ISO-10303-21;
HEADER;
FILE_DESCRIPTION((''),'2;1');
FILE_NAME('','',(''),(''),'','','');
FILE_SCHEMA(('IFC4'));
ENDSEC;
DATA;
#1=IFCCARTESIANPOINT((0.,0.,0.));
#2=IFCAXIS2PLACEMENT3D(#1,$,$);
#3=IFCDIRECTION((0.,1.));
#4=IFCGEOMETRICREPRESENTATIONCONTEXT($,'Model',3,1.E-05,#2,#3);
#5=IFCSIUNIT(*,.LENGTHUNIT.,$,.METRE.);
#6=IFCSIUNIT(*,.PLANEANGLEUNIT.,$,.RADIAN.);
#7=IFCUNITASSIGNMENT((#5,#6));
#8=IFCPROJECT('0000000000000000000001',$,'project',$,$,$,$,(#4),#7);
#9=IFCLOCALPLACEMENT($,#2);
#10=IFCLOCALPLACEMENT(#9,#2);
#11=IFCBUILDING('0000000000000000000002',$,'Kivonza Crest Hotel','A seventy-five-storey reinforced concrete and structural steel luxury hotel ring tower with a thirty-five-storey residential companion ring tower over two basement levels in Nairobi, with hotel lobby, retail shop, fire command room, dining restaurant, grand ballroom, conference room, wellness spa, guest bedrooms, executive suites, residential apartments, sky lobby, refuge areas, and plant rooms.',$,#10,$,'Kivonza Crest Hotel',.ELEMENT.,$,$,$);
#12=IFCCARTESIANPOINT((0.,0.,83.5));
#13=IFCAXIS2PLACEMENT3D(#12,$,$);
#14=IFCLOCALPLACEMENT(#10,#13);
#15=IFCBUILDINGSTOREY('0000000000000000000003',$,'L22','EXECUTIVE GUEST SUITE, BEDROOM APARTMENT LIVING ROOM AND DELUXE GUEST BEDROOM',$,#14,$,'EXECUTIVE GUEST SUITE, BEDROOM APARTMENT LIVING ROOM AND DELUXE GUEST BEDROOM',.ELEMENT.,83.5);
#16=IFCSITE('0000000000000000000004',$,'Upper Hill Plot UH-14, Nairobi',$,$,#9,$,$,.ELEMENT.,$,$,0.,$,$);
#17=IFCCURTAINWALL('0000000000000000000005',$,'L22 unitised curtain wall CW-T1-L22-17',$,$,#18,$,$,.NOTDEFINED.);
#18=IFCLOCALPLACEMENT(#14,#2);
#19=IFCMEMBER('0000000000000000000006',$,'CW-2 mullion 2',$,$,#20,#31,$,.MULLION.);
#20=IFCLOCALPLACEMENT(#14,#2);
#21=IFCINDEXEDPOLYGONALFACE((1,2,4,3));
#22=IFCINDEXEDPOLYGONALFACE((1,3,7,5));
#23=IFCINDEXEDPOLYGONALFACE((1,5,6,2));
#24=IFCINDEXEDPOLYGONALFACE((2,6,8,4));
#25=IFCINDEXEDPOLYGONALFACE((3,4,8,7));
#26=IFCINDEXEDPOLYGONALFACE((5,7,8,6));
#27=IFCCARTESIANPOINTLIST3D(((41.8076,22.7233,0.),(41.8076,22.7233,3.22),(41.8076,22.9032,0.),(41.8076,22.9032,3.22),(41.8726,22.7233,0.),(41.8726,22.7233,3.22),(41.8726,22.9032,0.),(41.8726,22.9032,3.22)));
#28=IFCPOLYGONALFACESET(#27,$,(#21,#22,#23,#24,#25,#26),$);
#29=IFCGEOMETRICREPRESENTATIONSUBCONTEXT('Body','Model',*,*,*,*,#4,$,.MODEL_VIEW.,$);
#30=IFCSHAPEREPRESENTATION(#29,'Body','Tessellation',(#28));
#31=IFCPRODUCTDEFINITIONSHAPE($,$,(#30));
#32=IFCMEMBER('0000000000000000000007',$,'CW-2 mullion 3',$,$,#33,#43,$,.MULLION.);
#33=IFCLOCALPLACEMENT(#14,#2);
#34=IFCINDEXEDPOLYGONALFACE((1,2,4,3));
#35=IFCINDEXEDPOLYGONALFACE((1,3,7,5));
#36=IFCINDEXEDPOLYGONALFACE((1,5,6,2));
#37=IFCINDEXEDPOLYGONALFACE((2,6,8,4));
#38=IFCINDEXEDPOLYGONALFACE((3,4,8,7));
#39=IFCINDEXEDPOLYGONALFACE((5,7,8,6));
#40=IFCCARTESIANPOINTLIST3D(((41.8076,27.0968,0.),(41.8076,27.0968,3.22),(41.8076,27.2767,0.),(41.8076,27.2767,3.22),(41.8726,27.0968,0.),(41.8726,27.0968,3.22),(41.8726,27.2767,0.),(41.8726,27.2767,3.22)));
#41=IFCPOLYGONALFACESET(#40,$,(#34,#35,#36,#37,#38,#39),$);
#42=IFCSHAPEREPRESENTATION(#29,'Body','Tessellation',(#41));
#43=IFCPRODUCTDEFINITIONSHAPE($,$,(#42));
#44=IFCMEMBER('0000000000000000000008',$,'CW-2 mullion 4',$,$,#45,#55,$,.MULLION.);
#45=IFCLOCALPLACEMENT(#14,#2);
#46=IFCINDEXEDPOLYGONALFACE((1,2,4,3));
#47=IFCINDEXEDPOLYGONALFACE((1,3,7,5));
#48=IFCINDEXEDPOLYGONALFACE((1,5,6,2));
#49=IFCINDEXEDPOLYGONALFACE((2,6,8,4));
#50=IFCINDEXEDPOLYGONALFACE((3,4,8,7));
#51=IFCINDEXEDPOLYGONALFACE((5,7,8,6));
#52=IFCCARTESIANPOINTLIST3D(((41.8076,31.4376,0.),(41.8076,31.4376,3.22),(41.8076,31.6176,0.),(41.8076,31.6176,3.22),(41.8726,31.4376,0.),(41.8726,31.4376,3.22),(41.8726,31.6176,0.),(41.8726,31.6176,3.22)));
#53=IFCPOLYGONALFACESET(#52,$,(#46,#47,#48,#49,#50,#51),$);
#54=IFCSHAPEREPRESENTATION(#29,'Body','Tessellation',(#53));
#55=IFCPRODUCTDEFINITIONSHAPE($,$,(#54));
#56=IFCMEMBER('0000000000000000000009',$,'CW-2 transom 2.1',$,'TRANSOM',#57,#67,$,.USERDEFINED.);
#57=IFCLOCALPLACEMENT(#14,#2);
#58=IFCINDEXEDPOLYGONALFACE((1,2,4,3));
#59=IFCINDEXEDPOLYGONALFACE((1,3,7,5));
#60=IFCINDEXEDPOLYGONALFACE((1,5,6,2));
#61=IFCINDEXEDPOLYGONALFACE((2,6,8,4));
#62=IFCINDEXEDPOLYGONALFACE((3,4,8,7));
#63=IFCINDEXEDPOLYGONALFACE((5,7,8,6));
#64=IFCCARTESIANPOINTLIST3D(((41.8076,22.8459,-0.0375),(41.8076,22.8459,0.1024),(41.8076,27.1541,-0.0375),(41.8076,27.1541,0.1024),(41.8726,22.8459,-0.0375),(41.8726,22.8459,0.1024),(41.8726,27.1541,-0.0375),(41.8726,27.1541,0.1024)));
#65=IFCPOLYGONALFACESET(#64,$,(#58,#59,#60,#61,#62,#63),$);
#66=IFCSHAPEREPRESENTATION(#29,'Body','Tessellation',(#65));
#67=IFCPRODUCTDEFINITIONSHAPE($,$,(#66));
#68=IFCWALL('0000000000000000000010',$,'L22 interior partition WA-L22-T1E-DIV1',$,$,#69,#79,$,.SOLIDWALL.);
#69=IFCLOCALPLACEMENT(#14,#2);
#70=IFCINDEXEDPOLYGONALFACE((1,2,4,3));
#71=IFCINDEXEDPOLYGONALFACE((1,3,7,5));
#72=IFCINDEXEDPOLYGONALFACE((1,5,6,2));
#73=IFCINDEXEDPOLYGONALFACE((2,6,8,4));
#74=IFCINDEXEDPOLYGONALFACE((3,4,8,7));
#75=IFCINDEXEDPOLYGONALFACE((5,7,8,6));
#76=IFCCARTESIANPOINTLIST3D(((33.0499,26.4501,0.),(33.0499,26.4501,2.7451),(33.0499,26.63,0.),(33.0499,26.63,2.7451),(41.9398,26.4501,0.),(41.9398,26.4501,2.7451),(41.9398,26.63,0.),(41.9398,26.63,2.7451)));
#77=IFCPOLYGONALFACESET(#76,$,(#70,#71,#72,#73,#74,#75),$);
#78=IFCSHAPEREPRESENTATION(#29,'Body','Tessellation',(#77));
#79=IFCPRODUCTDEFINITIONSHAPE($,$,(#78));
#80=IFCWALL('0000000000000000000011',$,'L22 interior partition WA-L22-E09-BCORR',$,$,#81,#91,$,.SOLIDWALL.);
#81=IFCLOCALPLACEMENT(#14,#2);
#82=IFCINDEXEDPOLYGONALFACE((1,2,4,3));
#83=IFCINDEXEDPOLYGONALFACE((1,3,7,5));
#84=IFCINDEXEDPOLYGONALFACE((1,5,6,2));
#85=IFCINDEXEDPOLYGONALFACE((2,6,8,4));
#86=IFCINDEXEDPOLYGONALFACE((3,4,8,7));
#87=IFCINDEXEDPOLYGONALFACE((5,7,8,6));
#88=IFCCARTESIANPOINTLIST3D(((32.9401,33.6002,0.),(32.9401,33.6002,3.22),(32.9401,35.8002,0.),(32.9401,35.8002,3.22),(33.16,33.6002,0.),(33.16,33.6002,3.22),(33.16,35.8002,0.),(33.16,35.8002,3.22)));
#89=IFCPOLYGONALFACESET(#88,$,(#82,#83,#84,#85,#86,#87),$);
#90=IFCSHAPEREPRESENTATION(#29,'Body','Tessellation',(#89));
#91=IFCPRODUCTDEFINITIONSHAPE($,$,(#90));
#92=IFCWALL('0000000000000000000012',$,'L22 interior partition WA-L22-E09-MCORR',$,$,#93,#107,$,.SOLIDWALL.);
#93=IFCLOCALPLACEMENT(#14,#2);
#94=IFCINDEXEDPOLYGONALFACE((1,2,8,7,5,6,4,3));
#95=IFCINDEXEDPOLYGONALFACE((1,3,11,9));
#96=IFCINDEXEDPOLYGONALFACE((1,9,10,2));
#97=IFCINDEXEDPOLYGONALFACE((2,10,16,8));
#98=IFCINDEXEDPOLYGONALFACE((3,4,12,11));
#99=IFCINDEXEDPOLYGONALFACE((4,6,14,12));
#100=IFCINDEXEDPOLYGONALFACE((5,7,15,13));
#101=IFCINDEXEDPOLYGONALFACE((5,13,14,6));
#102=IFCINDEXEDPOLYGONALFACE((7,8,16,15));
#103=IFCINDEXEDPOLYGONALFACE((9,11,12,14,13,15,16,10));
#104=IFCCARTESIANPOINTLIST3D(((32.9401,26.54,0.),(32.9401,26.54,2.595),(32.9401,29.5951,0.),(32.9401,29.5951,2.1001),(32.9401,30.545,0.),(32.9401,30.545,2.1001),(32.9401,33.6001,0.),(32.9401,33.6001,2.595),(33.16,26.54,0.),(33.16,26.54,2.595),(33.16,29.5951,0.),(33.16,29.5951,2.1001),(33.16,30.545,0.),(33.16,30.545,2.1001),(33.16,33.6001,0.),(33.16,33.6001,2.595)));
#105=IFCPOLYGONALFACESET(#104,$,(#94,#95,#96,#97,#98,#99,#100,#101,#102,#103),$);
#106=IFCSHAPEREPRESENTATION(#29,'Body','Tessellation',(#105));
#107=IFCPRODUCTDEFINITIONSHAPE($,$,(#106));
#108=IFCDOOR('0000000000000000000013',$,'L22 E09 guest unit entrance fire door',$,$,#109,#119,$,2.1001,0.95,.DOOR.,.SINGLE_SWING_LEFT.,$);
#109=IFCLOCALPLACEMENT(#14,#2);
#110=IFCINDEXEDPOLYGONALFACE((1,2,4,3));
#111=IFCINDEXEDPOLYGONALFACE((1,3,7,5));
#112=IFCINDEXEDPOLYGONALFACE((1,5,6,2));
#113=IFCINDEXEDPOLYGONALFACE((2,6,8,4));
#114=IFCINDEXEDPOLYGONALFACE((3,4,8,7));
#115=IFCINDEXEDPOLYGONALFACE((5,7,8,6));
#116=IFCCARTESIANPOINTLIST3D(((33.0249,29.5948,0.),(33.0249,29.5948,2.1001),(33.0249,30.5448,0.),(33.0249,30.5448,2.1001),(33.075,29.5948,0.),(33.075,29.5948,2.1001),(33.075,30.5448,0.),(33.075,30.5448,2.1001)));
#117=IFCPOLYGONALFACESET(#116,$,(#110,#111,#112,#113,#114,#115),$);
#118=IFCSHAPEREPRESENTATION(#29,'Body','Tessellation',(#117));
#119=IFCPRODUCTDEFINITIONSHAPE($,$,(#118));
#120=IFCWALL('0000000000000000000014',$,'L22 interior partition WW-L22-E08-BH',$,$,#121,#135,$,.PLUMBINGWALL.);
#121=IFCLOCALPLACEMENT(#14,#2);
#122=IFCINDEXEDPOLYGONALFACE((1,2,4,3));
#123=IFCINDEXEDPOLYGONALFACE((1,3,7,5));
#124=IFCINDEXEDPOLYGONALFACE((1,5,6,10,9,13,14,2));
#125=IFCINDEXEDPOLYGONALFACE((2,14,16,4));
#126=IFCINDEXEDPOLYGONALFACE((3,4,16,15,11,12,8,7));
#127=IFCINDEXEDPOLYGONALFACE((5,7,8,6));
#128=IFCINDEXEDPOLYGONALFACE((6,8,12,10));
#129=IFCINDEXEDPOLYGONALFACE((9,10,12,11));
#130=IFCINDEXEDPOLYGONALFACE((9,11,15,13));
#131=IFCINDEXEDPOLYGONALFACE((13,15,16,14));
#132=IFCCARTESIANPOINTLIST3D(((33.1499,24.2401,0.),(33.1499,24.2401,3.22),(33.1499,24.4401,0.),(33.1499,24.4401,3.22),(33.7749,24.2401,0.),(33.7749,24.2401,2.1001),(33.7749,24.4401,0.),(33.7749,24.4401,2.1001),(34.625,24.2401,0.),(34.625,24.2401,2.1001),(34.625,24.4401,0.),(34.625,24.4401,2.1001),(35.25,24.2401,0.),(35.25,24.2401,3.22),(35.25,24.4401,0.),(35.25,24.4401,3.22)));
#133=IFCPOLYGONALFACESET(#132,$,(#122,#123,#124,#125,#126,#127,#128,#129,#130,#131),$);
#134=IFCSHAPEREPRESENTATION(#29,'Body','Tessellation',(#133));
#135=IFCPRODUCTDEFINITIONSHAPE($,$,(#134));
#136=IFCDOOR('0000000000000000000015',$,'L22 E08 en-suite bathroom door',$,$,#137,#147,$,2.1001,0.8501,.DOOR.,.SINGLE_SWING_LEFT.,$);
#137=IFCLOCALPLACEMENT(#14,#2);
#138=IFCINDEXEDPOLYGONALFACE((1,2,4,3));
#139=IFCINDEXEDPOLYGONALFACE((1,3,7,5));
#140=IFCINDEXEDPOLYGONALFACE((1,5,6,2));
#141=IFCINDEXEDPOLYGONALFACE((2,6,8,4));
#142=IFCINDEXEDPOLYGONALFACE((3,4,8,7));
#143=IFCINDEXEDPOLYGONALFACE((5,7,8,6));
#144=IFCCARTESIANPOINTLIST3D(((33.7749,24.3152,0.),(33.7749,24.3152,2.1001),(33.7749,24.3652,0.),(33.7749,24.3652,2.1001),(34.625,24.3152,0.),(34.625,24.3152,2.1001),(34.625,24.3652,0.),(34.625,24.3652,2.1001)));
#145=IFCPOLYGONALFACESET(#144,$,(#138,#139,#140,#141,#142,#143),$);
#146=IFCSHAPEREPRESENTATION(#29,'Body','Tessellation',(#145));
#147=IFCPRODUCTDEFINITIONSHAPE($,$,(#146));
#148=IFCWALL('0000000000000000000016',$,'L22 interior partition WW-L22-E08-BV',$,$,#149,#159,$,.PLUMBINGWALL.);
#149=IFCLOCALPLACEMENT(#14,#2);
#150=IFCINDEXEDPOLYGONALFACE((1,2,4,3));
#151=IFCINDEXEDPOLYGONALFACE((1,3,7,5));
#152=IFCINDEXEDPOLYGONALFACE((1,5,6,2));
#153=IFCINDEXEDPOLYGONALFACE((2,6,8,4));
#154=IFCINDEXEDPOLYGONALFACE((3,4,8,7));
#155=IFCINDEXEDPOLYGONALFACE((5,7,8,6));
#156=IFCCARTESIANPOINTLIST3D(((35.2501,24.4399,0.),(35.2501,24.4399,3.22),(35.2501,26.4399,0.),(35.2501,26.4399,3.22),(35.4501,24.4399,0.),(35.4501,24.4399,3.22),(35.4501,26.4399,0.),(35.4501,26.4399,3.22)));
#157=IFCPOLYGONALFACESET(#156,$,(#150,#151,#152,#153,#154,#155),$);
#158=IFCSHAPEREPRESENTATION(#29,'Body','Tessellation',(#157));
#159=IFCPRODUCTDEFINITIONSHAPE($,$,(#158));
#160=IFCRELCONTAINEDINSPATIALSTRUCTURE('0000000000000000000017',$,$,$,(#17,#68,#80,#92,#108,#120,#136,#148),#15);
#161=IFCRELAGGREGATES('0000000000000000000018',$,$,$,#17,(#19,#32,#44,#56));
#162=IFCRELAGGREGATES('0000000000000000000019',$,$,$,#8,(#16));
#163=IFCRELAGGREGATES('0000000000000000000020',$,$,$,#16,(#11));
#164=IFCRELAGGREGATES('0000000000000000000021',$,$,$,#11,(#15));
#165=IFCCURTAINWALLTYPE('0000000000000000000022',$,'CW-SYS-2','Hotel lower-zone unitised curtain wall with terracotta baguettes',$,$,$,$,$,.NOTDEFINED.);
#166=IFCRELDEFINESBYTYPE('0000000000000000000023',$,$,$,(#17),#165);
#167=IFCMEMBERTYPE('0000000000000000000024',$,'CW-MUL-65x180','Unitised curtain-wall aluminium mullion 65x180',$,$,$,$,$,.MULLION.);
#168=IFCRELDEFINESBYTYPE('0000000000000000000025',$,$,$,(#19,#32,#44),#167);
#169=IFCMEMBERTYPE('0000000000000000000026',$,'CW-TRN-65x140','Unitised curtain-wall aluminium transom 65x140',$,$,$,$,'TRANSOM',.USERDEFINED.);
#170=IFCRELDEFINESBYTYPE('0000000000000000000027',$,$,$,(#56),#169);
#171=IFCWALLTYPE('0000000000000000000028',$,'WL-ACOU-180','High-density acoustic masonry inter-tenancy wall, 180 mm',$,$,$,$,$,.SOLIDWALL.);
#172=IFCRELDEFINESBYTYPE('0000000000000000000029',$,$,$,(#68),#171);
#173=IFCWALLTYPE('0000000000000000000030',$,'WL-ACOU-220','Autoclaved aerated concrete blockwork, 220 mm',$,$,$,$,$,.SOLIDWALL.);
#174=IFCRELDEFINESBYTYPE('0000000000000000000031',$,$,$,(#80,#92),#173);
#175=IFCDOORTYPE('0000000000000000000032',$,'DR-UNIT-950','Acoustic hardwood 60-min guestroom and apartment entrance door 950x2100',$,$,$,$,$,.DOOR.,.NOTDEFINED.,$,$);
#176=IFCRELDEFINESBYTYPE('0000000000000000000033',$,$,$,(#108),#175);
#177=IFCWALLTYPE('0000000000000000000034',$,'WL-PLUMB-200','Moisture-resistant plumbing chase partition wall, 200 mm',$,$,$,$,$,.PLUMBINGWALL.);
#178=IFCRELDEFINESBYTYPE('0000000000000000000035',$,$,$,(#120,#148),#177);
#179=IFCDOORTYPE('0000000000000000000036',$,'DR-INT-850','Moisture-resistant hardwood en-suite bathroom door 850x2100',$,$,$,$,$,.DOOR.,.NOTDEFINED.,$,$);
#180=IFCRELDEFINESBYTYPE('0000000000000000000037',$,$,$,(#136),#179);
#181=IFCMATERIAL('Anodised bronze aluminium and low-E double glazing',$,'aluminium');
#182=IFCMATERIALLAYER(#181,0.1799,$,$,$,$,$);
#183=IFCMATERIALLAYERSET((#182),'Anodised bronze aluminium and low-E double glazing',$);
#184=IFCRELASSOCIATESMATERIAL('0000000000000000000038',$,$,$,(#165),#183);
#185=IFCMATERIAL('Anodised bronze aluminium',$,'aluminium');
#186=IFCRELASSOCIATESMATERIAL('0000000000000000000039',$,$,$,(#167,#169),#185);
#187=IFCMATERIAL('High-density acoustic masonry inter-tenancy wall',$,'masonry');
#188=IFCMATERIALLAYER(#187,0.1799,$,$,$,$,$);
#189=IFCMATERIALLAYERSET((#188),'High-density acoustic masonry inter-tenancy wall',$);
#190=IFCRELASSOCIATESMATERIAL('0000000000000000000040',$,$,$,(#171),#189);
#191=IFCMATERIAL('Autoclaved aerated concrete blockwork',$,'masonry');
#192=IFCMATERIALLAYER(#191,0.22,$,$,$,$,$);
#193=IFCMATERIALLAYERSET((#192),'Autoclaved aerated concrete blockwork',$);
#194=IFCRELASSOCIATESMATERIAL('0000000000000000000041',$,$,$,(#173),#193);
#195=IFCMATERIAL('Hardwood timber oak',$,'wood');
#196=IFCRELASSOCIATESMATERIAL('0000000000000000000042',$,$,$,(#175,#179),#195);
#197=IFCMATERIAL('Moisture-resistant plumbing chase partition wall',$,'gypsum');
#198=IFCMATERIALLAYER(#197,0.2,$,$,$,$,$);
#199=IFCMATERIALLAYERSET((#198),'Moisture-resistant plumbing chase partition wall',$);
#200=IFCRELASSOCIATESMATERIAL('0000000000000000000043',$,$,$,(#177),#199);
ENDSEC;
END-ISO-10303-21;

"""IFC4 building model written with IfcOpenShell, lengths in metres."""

from ifc_helpers import new_model, si_unit, direction, frame, frame_2d, origin, origin_2d, place, context, subcontext, project, spatial, rectangle, extrude, material, layer, layer_set, material_profile, profile_set, type_object, element, fill, aggregate, save


model = new_model("IFC4")

# Units and contexts
model_context = context("Model", 3, precision=1e-05, world=origin(), true_north=direction((0.0, 1.0)))
body_context = subcontext(model_context, "Body", "Model", "MODEL_VIEW")
ifc_project = project(units=[si_unit("LENGTHUNIT", "METRE"), si_unit("PLANEANGLEUNIT", "RADIAN")], contexts=[model_context])

# Site, building, storey
site_placement = place(None, origin())
site = spatial("IfcSite", under=ifc_project, at=site_placement, Name="Upper Hill Plot UH-14, Nairobi", CompositionType="ELEMENT", RefElevation=0.0)
building_placement = place(site_placement, origin())
building = spatial("IfcBuilding", under=site, at=building_placement, Name="Kivonza Crest Hotel", Description="A seventy-five-storey reinforced concrete and structural steel luxury hotel ring tower with a thirty-five-storey residential companion ring tower over two basement levels in Nairobi, with hotel lobby, retail shop, fire command room, dining restaurant, grand ballroom, conference room, wellness spa, guest bedrooms, executive suites, residential apartments, sky lobby, refuge areas, and plant rooms.", LongName="Kivonza Crest Hotel", CompositionType="ELEMENT")
storey_placement = place(building_placement, frame((0.0, 0.0, 83.5)))
storey = spatial("IfcBuildingStorey", under=building, at=storey_placement, Name="L22", Description="EXECUTIVE GUEST SUITE, BEDROOM APARTMENT LIVING ROOM AND DELUXE GUEST BEDROOM", LongName="EXECUTIVE GUEST SUITE, BEDROOM APARTMENT LIVING ROOM AND DELUXE GUEST BEDROOM", CompositionType="ELEMENT", Elevation=83.5)

# Curtain wall, members
ifc_material_1 = material(Name="Anodised bronze aluminium and low-E double glazing", Category="aluminium")
ifc_layer_1 = layer(ifc_material_1, 0.1799)
ifc_layer_set_1 = layer_set([ifc_layer_1], Name="Anodised bronze aluminium and low-E double glazing")
curtain_wall_type = type_object("IfcCurtainWallType", Name="CW-SYS-2", Description="Hotel lower-zone unitised curtain wall with terracotta baguettes", PredefinedType="NOTDEFINED", material=ifc_layer_set_1)
curtain_wall_placement = place(storey_placement, origin())
curtain_wall = element("IfcCurtainWall", 1, at=curtain_wall_placement, inside=storey, type_object=curtain_wall_type, Name="L22 unitised curtain wall CW-T1-L22-17", PredefinedType="NOTDEFINED")
ifc_material_2 = material(Name="Anodised bronze aluminium", Category="aluminium")
ifc_material_profile_1 = material_profile(ifc_material_2, rectangle(XDim=0.0649, YDim=0.1799, at=origin_2d()), Name="CW-M 65x180")
ifc_profile_set_1 = profile_set([ifc_material_profile_1], Name="Anodised bronze aluminium")
member_type_1 = type_object("IfcMemberType", Name="CW-MUL-65x180", Description="Unitised curtain-wall aluminium mullion 65x180", PredefinedType="MULLION", material=ifc_profile_set_1)
member_1_placement = place(storey_placement, frame((41.8401, 22.8132, 0.0), z_axis=(0.0, 0.0, 1.0), x_axis=(-1.0, 0.0, 0.0)))
member_1 = element("IfcMember", 2, at=member_1_placement, type_object=member_type_1, Name="CW-2 mullion 2", PredefinedType="MULLION", context=body_context, shape_type="SweptSolid", body=[
    extrude(rectangle(XDim=0.0649, YDim=0.1799, at=origin_2d()), origin(), (0.0, 0.0, 1.0), 3.22),
])
member_2_placement = place(storey_placement, frame((41.8401, 27.1868, 0.0), z_axis=(0.0, 0.0, 1.0), x_axis=(-1.0, 0.0, 0.0)))
member_2 = element("IfcMember", 3, at=member_2_placement, type_object=member_type_1, Name="CW-2 mullion 3", PredefinedType="MULLION", context=body_context, shape_type="SweptSolid", body=[
    extrude(rectangle(XDim=0.0649, YDim=0.1799, at=origin_2d()), origin(), (0.0, 0.0, 1.0), 3.22),
])
member_3_placement = place(storey_placement, frame((41.8401, 31.5276, 0.0), z_axis=(0.0, 0.0, 1.0), x_axis=(-1.0, 0.0, 0.0)))
member_3 = element("IfcMember", 4, at=member_3_placement, type_object=member_type_1, Name="CW-2 mullion 4", PredefinedType="MULLION", context=body_context, shape_type="SweptSolid", body=[
    extrude(rectangle(XDim=0.0649, YDim=0.1799, at=origin_2d()), origin(), (0.0, 0.0, 1.0), 3.22),
])
ifc_material_profile_2 = material_profile(ifc_material_2, rectangle(XDim=0.0649, YDim=0.1399, at=origin_2d()), Name="CW-T 65x140")
ifc_profile_set_2 = profile_set([ifc_material_profile_2], Name="Anodised bronze aluminium")
member_type_2 = type_object("IfcMemberType", Name="CW-TRN-65x140", Description="Unitised curtain-wall aluminium transom 65x140", ElementType="TRANSOM", PredefinedType="USERDEFINED", material=ifc_profile_set_2)
member_4_placement = place(storey_placement, frame((41.8401, 22.8459, 0.0325), z_axis=(0.0, 1.0, 0.0), x_axis=(-1.0, 0.0, 0.0)))
member_4 = element("IfcMember", 5, at=member_4_placement, type_object=member_type_2, Name="CW-2 transom 2.1", ObjectType="TRANSOM", PredefinedType="USERDEFINED", context=body_context, shape_type="SweptSolid", body=[
    extrude(rectangle(XDim=0.0649, YDim=0.1399, at=origin_2d()), origin(), (0.0, 0.0, 1.0), 4.3081),
])
aggregate(curtain_wall, [member_1, member_2, member_3, member_4])

# Walls
ifc_material_3 = material(Name="High-density acoustic masonry inter-tenancy wall", Category="masonry")
ifc_layer_2 = layer(ifc_material_3, 0.1799)
ifc_layer_set_2 = layer_set([ifc_layer_2], Name="High-density acoustic masonry inter-tenancy wall")
wall_type_1 = type_object("IfcWallType", Name="WL-ACOU-180", Description="High-density acoustic masonry inter-tenancy wall, 180 mm", PredefinedType="SOLIDWALL", material=ifc_layer_set_2)
wall_1_placement = place(storey_placement, frame((33.05, 26.54, 0.0), z_axis=(0.0, 0.0, 1.0), x_axis=(1.0, 0.0, 0.0)))
element("IfcWall", 6, at=wall_1_placement, inside=storey, type_object=wall_type_1, Name="L22 interior partition WA-L22-T1E-DIV1", PredefinedType="SOLIDWALL", context=body_context, shape_type="SweptSolid", body=[
    extrude(rectangle(XDim=8.8899, YDim=0.1799, at=frame_2d((4.4448, 0.0))), origin(), (0.0, 0.0, 1.0), 2.7451),
])
ifc_material_4 = material(Name="Autoclaved aerated concrete blockwork", Category="masonry")
ifc_layer_3 = layer(ifc_material_4, 0.22)
ifc_layer_set_3 = layer_set([ifc_layer_3], Name="Autoclaved aerated concrete blockwork")
wall_type_2 = type_object("IfcWallType", Name="WL-ACOU-220", Description="Autoclaved aerated concrete blockwork, 220 mm", PredefinedType="SOLIDWALL", material=ifc_layer_set_3)
wall_2_placement = place(storey_placement, frame((33.05, 33.6001, 0.0), z_axis=(0.0, 0.0, 1.0), x_axis=(0.0, 1.0, 0.0)))
element("IfcWall", 7, at=wall_2_placement, inside=storey, type_object=wall_type_2, Name="L22 interior partition WA-L22-E09-BCORR", PredefinedType="SOLIDWALL", context=body_context, shape_type="SweptSolid", body=[
    extrude(rectangle(XDim=2.2, YDim=0.22, at=frame_2d((1.1001, 0.0))), origin(), (0.0, 0.0, 1.0), 3.22),
])

# Walls, openings, doors
wall_3_placement = place(storey_placement, frame((33.05, 26.54, 0.0), z_axis=(0.0, 0.0, 1.0), x_axis=(0.0, 1.0, 0.0)))
wall_3 = element("IfcWall", 8, at=wall_3_placement, inside=storey, type_object=wall_type_2, Name="L22 interior partition WA-L22-E09-MCORR", PredefinedType="SOLIDWALL", context=body_context, shape_type="SweptSolid", body=[
    extrude(rectangle(XDim=7.0601, YDim=0.22, at=frame_2d((3.53, 0.0))), origin(), (0.0, 0.0, 1.0), 2.595),
])
opening_1_placement = place(wall_3_placement, frame((3.0549, 0.0, 0.0)))
opening_1 = element("IfcOpeningElement", 9, at=opening_1_placement, cuts=wall_3, PredefinedType="OPENING", context=body_context, shape_type="SweptSolid", body=[
    extrude(rectangle(XDim=0.95, YDim=2.1001, at=frame_2d((0.4751, 1.05))), frame((0.0, 0.1201, 0.0), z_axis=(0.0, -1.0, 0.0), x_axis=(1.0, 0.0, 0.0)), (0.0, 0.0, 1.0), 0.24),
])
ifc_material_5 = material(Name="Hardwood timber oak", Category="wood")
door_type_1 = type_object("IfcDoorType", Name="DR-UNIT-950", Description="Acoustic hardwood 60-min guestroom and apartment entrance door 950x2100", OperationType="NOTDEFINED", PredefinedType="DOOR", material=ifc_material_5)
door_1_placement = place(opening_1_placement, frame((0.95, 0.0, 0.0), z_axis=(0.0, 0.0, 1.0), x_axis=(-1.0, 0.0, 0.0)))
door_1 = element("IfcDoor", 10, at=door_1_placement, inside=storey, type_object=door_type_1, Name="L22 E09 guest unit entrance fire door", OperationType="SINGLE_SWING_LEFT", OverallHeight=2.1001, OverallWidth=0.95, PredefinedType="DOOR", context=body_context, shape_type="SweptSolid", body=[
    extrude(rectangle(XDim=0.95, YDim=2.1001, at=frame_2d((0.4751, 1.05))), frame((0.0, 0.0249, 0.0), z_axis=(0.0, -1.0, 0.0), x_axis=(1.0, 0.0, 0.0)), (0.0, 0.0, 1.0), 0.05),
])
fill(opening_1, door_1)
ifc_material_6 = material(Name="Moisture-resistant plumbing chase partition wall", Category="gypsum")
ifc_layer_4 = layer(ifc_material_6, 0.2)
ifc_layer_set_4 = layer_set([ifc_layer_4], Name="Moisture-resistant plumbing chase partition wall")
wall_type_3 = type_object("IfcWallType", Name="WL-PLUMB-200", Description="Moisture-resistant plumbing chase partition wall, 200 mm", PredefinedType="PLUMBINGWALL", material=ifc_layer_set_4)
wall_4_placement = place(storey_placement, frame((33.1499, 24.3401, 0.0), z_axis=(0.0, 0.0, 1.0), x_axis=(1.0, 0.0, 0.0)))
wall_4 = element("IfcWall", 11, at=wall_4_placement, inside=storey, type_object=wall_type_3, Name="L22 interior partition WW-L22-E08-BH", PredefinedType="PLUMBINGWALL", context=body_context, shape_type="SweptSolid", body=[
    extrude(rectangle(XDim=2.1001, YDim=0.2, at=frame_2d((1.05, 0.0))), origin(), (0.0, 0.0, 1.0), 3.22),
])
opening_2_placement = place(wall_4_placement, frame((0.625, 0.0, 0.0)))
opening_2 = element("IfcOpeningElement", 12, at=opening_2_placement, cuts=wall_4, PredefinedType="OPENING", context=body_context, shape_type="SweptSolid", body=[
    extrude(rectangle(XDim=0.8501, YDim=2.1001, at=frame_2d((0.425, 1.05))), frame((0.0, 0.1099, 0.0), z_axis=(0.0, -1.0, 0.0), x_axis=(1.0, 0.0, 0.0)), (0.0, 0.0, 1.0), 0.22),
])
door_type_2 = type_object("IfcDoorType", Name="DR-INT-850", Description="Moisture-resistant hardwood en-suite bathroom door 850x2100", OperationType="NOTDEFINED", PredefinedType="DOOR", material=ifc_material_5)
door_2_placement = place(opening_2_placement, frame((0.8501, 0.0, 0.0), z_axis=(0.0, 0.0, 1.0), x_axis=(-1.0, 0.0, 0.0)))
door_2 = element("IfcDoor", 13, at=door_2_placement, inside=storey, type_object=door_type_2, Name="L22 E08 en-suite bathroom door", OperationType="SINGLE_SWING_LEFT", OverallHeight=2.1001, OverallWidth=0.8501, PredefinedType="DOOR", context=body_context, shape_type="SweptSolid", body=[
    extrude(rectangle(XDim=0.8501, YDim=2.1001, at=frame_2d((0.425, 1.05))), frame((0.0, 0.0249, 0.0), z_axis=(0.0, -1.0, 0.0), x_axis=(1.0, 0.0, 0.0)), (0.0, 0.0, 1.0), 0.05),
])
fill(opening_2, door_2)

# Wall
wall_5_placement = place(storey_placement, frame((35.3501, 24.4399, 0.0), z_axis=(0.0, 0.0, 1.0), x_axis=(0.0, 1.0, 0.0)))
element("IfcWall", 14, at=wall_5_placement, inside=storey, type_object=wall_type_3, Name="L22 interior partition WW-L22-E08-BV", PredefinedType="PLUMBINGWALL", context=body_context, shape_type="SweptSolid", body=[
    extrude(rectangle(XDim=2.0, YDim=0.2, at=frame_2d((1.0, 0.0))), origin(), (0.0, 0.0, 1.0), 3.22),
])

save(model, "model.ifc")
